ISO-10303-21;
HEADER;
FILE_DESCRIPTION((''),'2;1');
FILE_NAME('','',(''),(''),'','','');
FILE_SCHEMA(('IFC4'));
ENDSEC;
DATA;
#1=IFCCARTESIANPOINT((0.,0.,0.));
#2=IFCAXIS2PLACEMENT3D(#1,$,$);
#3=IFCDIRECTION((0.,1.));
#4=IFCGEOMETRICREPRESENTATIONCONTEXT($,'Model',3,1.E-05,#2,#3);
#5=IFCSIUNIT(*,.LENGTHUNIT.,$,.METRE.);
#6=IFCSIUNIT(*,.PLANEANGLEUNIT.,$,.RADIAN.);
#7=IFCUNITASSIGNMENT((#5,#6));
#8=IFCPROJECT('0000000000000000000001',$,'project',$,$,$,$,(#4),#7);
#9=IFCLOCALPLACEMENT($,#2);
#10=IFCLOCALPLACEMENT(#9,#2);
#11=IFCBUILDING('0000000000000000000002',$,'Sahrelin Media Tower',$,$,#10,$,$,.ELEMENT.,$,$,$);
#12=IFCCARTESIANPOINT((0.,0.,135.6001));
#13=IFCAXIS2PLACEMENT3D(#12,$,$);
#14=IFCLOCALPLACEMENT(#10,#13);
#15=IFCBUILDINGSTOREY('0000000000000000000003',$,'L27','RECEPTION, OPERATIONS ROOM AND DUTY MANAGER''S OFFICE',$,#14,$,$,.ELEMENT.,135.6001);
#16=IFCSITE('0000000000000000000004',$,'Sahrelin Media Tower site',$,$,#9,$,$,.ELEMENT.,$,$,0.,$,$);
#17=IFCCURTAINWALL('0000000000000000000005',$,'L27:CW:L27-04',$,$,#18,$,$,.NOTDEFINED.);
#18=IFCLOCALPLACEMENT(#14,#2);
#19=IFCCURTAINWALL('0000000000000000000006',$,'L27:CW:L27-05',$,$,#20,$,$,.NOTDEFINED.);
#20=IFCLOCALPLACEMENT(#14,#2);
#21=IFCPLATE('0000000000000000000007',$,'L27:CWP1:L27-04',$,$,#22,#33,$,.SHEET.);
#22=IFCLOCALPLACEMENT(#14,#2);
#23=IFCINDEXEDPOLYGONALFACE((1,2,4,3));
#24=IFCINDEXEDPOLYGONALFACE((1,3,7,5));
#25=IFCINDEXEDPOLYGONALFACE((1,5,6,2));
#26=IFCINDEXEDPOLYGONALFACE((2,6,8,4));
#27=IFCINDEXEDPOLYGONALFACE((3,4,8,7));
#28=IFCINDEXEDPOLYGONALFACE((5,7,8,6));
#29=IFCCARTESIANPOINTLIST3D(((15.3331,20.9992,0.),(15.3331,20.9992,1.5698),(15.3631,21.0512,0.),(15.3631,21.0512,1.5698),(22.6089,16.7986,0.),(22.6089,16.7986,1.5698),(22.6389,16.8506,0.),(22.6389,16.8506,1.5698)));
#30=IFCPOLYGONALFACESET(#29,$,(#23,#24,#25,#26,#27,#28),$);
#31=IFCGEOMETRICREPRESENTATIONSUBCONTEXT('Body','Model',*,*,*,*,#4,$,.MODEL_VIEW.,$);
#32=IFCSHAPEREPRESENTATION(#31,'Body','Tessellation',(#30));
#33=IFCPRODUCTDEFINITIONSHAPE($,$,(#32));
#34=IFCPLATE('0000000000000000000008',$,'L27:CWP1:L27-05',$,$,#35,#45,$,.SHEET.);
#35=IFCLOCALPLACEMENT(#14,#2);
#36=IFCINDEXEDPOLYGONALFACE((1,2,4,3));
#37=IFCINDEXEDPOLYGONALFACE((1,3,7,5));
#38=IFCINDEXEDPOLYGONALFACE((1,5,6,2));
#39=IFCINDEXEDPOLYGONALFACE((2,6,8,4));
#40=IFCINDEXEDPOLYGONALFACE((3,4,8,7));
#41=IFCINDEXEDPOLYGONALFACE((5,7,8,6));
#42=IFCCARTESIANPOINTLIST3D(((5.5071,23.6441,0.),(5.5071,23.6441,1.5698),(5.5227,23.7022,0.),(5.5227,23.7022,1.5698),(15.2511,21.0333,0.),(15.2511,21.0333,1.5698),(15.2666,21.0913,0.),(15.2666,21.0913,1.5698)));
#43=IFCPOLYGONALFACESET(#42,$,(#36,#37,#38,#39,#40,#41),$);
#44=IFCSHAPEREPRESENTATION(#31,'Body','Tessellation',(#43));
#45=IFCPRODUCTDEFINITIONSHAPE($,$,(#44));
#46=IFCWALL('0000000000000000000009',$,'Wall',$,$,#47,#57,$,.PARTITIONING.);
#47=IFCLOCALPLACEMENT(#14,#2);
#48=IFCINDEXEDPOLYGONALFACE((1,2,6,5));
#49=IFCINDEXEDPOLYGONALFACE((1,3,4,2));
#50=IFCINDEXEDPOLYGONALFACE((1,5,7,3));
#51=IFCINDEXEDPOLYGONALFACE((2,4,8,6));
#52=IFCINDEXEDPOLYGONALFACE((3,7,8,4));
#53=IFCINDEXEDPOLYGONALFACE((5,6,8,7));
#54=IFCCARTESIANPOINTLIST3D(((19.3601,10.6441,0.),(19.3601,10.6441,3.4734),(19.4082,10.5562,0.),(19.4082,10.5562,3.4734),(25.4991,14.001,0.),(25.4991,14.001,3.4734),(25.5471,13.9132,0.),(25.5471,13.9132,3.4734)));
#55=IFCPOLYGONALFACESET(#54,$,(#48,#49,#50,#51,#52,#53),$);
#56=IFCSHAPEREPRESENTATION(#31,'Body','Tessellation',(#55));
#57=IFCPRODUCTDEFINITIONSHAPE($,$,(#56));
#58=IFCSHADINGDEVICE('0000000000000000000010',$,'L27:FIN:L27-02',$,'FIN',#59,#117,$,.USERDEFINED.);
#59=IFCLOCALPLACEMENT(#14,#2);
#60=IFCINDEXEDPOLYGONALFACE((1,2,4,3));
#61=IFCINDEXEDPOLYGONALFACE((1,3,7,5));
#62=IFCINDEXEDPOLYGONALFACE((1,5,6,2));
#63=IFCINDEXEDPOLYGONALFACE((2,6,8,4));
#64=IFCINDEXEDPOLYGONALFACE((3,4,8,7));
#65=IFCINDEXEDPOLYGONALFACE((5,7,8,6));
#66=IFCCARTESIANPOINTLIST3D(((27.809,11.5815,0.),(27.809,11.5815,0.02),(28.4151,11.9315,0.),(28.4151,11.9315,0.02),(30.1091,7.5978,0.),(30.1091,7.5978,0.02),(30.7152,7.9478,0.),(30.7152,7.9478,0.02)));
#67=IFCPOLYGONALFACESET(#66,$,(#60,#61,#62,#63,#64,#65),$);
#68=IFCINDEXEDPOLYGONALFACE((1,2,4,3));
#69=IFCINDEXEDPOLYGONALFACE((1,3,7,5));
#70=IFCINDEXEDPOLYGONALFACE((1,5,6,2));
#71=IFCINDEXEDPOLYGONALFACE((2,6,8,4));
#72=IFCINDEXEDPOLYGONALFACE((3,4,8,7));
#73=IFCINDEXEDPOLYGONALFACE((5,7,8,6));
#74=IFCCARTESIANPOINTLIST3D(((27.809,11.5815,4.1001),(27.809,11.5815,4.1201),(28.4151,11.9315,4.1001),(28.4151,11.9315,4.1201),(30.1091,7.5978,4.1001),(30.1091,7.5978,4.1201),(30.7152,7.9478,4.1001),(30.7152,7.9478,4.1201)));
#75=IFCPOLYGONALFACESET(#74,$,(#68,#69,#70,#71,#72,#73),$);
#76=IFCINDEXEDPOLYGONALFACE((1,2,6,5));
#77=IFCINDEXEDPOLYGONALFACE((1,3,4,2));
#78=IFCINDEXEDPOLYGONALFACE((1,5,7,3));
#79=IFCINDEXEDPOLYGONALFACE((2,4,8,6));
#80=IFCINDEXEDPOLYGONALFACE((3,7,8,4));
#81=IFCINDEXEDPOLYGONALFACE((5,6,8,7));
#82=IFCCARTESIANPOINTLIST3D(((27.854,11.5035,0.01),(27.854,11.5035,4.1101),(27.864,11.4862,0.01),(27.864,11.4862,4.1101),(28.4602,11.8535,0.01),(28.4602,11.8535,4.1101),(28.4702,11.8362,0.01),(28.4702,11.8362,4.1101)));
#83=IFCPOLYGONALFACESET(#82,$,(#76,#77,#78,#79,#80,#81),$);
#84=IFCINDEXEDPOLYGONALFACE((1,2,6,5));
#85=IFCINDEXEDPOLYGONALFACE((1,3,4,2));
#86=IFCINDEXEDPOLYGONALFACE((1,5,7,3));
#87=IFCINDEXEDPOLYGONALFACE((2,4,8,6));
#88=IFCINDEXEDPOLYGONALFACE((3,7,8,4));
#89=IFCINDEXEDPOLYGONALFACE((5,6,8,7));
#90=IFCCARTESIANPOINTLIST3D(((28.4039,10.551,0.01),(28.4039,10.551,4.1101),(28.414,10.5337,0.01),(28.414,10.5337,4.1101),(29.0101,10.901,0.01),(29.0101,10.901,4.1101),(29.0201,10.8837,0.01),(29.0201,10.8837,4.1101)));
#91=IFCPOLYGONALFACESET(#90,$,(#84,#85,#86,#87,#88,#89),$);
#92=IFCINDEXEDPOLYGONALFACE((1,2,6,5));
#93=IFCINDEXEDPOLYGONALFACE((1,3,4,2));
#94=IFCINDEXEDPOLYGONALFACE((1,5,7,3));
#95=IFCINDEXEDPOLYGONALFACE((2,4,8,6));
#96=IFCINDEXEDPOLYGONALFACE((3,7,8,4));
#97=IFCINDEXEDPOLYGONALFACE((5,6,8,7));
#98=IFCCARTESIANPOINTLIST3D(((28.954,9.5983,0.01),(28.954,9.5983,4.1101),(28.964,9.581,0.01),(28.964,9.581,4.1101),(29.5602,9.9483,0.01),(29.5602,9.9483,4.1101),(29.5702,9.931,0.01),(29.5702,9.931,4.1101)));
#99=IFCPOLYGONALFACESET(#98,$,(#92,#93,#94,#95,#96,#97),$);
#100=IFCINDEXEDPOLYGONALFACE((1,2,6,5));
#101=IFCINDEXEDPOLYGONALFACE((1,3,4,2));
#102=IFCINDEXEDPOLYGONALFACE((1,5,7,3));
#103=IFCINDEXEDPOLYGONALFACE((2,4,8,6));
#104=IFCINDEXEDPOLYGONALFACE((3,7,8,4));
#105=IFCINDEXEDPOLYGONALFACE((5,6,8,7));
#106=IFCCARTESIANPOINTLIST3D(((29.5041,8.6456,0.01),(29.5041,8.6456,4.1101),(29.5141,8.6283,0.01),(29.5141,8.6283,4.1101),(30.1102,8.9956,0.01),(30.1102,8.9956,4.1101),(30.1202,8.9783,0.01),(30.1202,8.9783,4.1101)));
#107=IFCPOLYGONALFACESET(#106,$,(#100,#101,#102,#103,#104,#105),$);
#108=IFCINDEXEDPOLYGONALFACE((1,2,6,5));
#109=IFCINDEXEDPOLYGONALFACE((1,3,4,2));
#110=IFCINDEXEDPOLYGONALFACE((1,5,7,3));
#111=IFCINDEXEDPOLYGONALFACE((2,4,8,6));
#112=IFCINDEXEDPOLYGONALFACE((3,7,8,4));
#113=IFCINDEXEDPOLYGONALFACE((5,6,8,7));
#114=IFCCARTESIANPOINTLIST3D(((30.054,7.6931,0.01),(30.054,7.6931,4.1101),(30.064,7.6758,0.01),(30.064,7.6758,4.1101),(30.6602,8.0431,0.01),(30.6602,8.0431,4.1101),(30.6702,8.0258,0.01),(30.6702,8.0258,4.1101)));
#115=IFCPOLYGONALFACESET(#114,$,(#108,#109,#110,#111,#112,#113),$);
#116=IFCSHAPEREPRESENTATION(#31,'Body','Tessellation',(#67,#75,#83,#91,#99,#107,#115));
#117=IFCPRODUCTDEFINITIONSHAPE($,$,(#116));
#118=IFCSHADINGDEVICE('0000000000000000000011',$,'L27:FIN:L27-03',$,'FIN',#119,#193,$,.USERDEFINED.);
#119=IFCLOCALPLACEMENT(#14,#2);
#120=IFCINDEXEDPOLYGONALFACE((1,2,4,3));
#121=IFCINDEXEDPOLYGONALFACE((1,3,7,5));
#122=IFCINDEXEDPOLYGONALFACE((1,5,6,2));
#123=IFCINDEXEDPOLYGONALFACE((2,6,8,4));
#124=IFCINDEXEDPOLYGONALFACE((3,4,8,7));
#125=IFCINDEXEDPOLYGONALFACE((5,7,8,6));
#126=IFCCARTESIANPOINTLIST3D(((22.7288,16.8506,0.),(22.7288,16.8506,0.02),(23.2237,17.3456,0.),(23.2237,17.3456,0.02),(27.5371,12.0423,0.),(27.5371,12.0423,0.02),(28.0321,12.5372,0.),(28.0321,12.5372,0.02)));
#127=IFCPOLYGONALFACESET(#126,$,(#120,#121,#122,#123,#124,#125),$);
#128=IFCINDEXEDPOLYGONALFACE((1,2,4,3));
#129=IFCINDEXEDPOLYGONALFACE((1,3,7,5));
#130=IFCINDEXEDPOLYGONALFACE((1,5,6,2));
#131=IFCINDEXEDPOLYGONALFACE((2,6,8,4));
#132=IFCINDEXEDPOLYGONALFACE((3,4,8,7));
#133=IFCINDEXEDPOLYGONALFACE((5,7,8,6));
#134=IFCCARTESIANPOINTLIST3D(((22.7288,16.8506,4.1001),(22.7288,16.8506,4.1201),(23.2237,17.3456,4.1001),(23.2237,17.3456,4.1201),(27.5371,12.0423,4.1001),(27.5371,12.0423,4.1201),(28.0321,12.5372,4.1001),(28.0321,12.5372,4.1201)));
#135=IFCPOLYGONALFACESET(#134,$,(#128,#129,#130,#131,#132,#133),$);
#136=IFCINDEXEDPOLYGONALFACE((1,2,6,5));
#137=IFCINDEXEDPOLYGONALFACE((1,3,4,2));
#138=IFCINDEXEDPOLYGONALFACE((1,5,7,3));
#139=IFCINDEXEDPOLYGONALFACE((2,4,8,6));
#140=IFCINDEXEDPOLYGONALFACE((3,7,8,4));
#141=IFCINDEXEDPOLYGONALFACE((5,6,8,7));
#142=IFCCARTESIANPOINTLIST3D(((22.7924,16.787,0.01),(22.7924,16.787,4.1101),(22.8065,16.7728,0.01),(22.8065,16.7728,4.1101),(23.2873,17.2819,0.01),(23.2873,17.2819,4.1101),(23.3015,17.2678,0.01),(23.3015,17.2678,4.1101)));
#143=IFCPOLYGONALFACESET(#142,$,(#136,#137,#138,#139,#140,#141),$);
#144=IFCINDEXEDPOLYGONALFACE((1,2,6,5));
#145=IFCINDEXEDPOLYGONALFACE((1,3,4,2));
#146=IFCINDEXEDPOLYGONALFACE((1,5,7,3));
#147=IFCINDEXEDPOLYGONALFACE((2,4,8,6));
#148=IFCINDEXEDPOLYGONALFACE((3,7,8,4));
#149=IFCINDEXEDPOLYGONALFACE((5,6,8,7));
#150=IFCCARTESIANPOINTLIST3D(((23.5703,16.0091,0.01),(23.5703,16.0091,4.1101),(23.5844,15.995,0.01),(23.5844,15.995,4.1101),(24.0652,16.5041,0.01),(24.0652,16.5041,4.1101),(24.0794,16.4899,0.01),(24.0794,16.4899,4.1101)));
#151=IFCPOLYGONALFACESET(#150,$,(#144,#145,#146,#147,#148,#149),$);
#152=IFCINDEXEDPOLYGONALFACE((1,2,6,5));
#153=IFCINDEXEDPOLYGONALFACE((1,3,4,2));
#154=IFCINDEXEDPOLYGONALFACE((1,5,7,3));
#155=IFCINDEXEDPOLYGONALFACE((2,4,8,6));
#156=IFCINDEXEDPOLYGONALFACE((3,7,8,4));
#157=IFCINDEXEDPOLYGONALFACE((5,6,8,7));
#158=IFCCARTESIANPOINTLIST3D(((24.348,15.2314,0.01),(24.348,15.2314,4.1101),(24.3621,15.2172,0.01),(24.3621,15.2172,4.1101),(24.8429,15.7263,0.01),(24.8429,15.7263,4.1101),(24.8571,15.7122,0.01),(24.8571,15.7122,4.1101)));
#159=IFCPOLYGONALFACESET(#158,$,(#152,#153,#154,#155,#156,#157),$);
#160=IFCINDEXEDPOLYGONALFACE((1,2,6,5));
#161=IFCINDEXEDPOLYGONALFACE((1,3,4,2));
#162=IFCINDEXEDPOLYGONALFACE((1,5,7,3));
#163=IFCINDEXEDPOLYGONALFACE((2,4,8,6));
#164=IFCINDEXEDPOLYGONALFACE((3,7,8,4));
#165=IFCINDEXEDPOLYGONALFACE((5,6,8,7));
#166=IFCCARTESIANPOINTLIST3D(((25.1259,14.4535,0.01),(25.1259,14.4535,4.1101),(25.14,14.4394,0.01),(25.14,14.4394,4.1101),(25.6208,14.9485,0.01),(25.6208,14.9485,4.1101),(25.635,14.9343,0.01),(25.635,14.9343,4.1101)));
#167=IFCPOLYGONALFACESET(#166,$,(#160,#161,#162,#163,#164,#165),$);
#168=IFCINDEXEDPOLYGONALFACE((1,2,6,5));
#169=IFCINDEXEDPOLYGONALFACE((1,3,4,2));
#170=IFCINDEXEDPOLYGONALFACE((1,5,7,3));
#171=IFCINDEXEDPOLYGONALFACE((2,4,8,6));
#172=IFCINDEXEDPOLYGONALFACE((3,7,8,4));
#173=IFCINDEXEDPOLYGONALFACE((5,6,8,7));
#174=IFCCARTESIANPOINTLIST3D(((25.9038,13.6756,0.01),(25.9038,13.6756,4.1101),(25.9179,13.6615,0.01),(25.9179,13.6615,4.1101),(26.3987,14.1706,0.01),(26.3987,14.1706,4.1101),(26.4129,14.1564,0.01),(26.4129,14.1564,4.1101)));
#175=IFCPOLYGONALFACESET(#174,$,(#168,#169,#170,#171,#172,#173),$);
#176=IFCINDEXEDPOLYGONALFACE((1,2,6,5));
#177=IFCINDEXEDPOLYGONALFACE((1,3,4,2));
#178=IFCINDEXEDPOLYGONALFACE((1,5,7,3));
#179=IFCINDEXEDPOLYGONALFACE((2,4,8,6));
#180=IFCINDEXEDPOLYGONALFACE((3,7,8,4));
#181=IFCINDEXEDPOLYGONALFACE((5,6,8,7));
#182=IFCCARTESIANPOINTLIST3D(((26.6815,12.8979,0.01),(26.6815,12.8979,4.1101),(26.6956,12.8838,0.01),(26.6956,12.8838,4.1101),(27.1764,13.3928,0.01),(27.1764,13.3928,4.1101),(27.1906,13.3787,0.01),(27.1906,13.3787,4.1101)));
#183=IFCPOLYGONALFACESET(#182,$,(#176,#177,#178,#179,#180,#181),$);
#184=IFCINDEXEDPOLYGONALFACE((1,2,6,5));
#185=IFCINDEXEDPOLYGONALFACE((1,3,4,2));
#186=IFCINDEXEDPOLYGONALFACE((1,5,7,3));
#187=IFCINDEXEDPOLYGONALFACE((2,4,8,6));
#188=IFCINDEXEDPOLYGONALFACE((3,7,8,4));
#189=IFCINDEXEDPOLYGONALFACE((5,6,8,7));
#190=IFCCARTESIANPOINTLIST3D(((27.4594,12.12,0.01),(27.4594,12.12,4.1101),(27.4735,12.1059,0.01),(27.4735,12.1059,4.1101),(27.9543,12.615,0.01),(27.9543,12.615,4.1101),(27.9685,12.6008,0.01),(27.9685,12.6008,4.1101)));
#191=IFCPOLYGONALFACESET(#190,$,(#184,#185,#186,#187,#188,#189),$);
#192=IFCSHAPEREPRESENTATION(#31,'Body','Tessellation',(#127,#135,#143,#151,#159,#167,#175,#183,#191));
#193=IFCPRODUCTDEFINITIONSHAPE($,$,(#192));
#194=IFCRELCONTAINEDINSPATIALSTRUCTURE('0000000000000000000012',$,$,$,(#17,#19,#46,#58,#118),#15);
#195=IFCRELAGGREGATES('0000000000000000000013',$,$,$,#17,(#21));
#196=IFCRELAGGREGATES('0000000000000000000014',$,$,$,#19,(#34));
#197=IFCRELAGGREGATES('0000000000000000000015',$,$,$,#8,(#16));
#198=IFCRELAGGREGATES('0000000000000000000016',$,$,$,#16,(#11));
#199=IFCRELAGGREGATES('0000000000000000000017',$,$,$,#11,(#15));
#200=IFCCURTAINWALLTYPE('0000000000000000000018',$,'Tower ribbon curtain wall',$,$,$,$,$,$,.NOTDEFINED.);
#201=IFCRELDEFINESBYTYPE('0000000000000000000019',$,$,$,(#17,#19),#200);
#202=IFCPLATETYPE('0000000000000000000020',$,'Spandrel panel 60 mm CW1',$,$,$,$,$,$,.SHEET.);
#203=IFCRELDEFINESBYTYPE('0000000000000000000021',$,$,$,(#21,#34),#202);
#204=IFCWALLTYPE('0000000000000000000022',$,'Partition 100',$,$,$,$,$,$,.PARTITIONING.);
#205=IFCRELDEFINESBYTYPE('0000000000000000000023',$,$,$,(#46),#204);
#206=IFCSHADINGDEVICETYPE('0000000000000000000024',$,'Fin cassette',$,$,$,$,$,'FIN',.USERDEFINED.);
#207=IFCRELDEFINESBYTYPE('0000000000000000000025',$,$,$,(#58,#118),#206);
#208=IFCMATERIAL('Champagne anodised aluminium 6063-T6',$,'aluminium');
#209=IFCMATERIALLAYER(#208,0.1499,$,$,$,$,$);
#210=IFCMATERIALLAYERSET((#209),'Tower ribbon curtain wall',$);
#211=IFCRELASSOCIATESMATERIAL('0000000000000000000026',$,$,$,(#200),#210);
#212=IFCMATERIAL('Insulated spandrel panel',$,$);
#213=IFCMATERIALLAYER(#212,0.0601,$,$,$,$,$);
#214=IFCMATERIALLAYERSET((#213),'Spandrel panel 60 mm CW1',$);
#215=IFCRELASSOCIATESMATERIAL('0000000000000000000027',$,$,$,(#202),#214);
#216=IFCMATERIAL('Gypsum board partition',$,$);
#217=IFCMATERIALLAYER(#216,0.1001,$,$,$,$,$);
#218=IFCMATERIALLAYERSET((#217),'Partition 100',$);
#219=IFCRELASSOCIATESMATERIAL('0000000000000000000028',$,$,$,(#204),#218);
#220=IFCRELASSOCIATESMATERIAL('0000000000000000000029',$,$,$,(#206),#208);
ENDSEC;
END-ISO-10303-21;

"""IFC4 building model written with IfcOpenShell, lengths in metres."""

from ifc_helpers import new_model, si_unit, direction, frame, frame_2d, origin, origin_2d, place, context, subcontext, project, spatial, polyline, rectangle, outline, extrude, material, layer, layer_set, type_object, element, aggregate, save


model = new_model("IFC4")

# Units and contexts
model_context = context("Model", 3, precision=1e-05, world=origin(), true_north=direction((0.0, 1.0)))
body_context = subcontext(model_context, "Body", "Model", "MODEL_VIEW")
ifc_project = project(units=[si_unit("LENGTHUNIT", "METRE"), si_unit("PLANEANGLEUNIT", "RADIAN")], contexts=[model_context])

# Site, building, storey
site_placement = place(None, origin())
site = spatial("IfcSite", under=ifc_project, at=site_placement, Name="Sahrelin Media Tower site", CompositionType="ELEMENT", RefElevation=0.0)
building_placement = place(site_placement, origin())
building = spatial("IfcBuilding", under=site, at=building_placement, Name="Sahrelin Media Tower", CompositionType="ELEMENT")
storey_placement = place(building_placement, frame((0.0, 0.0, 135.6001)))
storey = spatial("IfcBuildingStorey", under=building, at=storey_placement, Name="L27", Description="RECEPTION, OPERATIONS ROOM AND DUTY MANAGER'S OFFICE", CompositionType="ELEMENT", Elevation=135.6001)

# Curtain wall
ifc_material_1 = material(Name="Champagne anodised aluminium 6063-T6", Category="aluminium")
ifc_layer_1 = layer(ifc_material_1, 0.1499)
ifc_layer_set_1 = layer_set([ifc_layer_1], Name="Tower ribbon curtain wall")
curtain_wall_type = type_object("IfcCurtainWallType", Name="Tower ribbon curtain wall", PredefinedType="NOTDEFINED", material=ifc_layer_set_1)
curtain_wall_1_placement = place(storey_placement, frame((18.991, 18.9336, 0.0), z_axis=(0.0, 0.0, 1.0), x_axis=(1.0, 0.0, 0.0)))
curtain_wall_1 = element("IfcCurtainWall", 1, at=curtain_wall_1_placement, inside=storey, type_object=curtain_wall_type, Name="L27:CW:L27-04", PredefinedType="NOTDEFINED")

# Curtain wall
curtain_wall_2_placement = place(storey_placement, frame((10.3894, 22.3772, 0.0), z_axis=(0.0, 0.0, 1.0), x_axis=(1.0, 0.0, 0.0)))
curtain_wall_2 = element("IfcCurtainWall", 2, at=curtain_wall_2_placement, inside=storey, type_object=curtain_wall_type, Name="L27:CW:L27-05", PredefinedType="NOTDEFINED")

# Plates
ifc_material_2 = material(Name="Insulated spandrel panel")
ifc_layer_2 = layer(ifc_material_2, 0.0601)
ifc_layer_set_2 = layer_set([ifc_layer_2], Name="Spandrel panel 60 mm CW1")
plate_type_1 = type_object("IfcPlateType", Name="Spandrel panel 60 mm CW1", PredefinedType="SHEET", material=ifc_layer_set_2)
plate_1_placement = place(storey_placement, frame((22.6389, 16.8506, 0.0), z_axis=(0.499996, 0.866028, 0.0), x_axis=(-0.866028, 0.499996, 0.0)))
plate_1 = element("IfcPlate", 3, at=plate_1_placement, type_object=plate_type_1, Name="L27:CWP1:L27-04", PredefinedType="SHEET", context=body_context, shape_type="SweptSolid", body=[
    extrude(outline(polyline([(0.0, 0.0), (8.4014, 0.0), (8.4014, 1.5698), (0.0, 1.5698), (0.0, 0.0)])), origin(), (0.0, 0.0, -1.0), 0.0601),
])
aggregate(curtain_wall_1, [plate_1])
plate_2_placement = place(storey_placement, frame((15.2666, 21.0913, 0.0), z_axis=(0.258816, 0.965927, 0.0), x_axis=(-0.965927, 0.258816, 0.0)))
plate_2 = element("IfcPlate", 4, at=plate_2_placement, type_object=plate_type_1, Name="L27:CWP1:L27-05", PredefinedType="SHEET", context=body_context, shape_type="SweptSolid", body=[
    extrude(outline(polyline([(0.0, 0.0), (10.0876, 0.0), (10.0876, 1.5698), (0.0, 1.5698), (0.0, 0.0)])), origin(), (0.0, 0.0, -1.0), 0.0601),
])
aggregate(curtain_wall_2, [plate_2])

# Wall
ifc_material_3 = material(Name="Gypsum board partition")
ifc_layer_3 = layer(ifc_material_3, 0.1001)
ifc_layer_set_3 = layer_set([ifc_layer_3], Name="Partition 100")
wall_type = type_object("IfcWallType", Name="Partition 100", PredefinedType="PARTITIONING", material=ifc_layer_set_3)
wall_placement = place(storey_placement, frame((19.384, 10.6001, 0.0), z_axis=(0.0, 0.0, 1.0), x_axis=(0.877388, 0.479781, 0.0)))
element("IfcWall", 5, at=wall_placement, inside=storey, type_object=wall_type, Name="Wall", PredefinedType="PARTITIONING", context=body_context, shape_type="SweptSolid", body=[
    extrude(rectangle(XDim=6.9968, YDim=0.1001, at=frame_2d((3.4985, 0.0))), origin(), (0.0, 0.0, 1.0), 3.4734),
])

# Shading devices
shading_device_type_1 = type_object("IfcShadingDeviceType", Name="Fin cassette", ElementType="FIN", PredefinedType="USERDEFINED", material=ifc_material_1)
shading_device_1_placement = place(storey_placement, frame((28.8984, 9.5547, 0.0), z_axis=(0.0, 0.0, 1.0), x_axis=(0.500011, -0.866019, 0.0)))
element("IfcShadingDevice", 6, at=shading_device_1_placement, inside=storey, type_object=shading_device_type_1, Name="L27:FIN:L27-02", ObjectType="FIN", PredefinedType="USERDEFINED", context=body_context, shape_type="SweptSolid", body=[
    extrude(rectangle(XDim=4.6001, YDim=0.7, at=origin_2d()), frame((0.0, 0.4199, 0.0)), (0.0, 0.0, 1.0), 0.02),
    extrude(rectangle(XDim=4.6001, YDim=0.7, at=origin_2d()), frame((0.0, 0.4199, 4.1001)), (0.0, 0.0, 1.0), 0.02),
    extrude(rectangle(XDim=0.02, YDim=0.7, at=origin_2d()), frame((-2.2, 0.4199, 0.01), z_axis=(0.0, 0.0, 1.0), x_axis=(1.0, 0.0, 0.0)), (0.0, 0.0, 1.0), 4.1001),
    extrude(rectangle(XDim=0.02, YDim=0.7, at=origin_2d()), frame((-1.1001, 0.4199, 0.01), z_axis=(0.0, 0.0, 1.0), x_axis=(1.0, 0.0, 0.0)), (0.0, 0.0, 1.0), 4.1001),
    extrude(rectangle(XDim=0.02, YDim=0.7, at=origin_2d()), frame((0.0, 0.4199, 0.01), z_axis=(0.0, 0.0, 1.0), x_axis=(1.0, 0.0, 0.0)), (0.0, 0.0, 1.0), 4.1001),
    extrude(rectangle(XDim=0.02, YDim=0.7, at=origin_2d()), frame((1.1001, 0.4199, 0.01), z_axis=(0.0, 0.0, 1.0), x_axis=(1.0, 0.0, 0.0)), (0.0, 0.0, 1.0), 4.1001),
    extrude(rectangle(XDim=0.02, YDim=0.7, at=origin_2d()), frame((2.2, 0.4199, 0.01), z_axis=(0.0, 0.0, 1.0), x_axis=(1.0, 0.0, 0.0)), (0.0, 0.0, 1.0), 4.1001),
])
placement_1 = place(storey_placement, frame((25.0835, 14.397, 0.0), z_axis=(0.0, 0.0, 1.0), x_axis=(0.707107, -0.707107, 0.0)))
element("IfcShadingDevice", 7, at=placement_1, inside=storey, type_object=shading_device_type_1, Name="L27:FIN:L27-03", ObjectType="FIN", PredefinedType="USERDEFINED", context=body_context, shape_type="SweptSolid", body=[
    extrude(rectangle(XDim=6.8, YDim=0.7, at=origin_2d()), frame((0.0, 0.4199, 0.0)), (0.0, 0.0, 1.0), 0.02),
    extrude(rectangle(XDim=6.8, YDim=0.7, at=origin_2d()), frame((0.0, 0.4199, 4.1001)), (0.0, 0.0, 1.0), 0.02),
    extrude(rectangle(XDim=0.02, YDim=0.7, at=origin_2d()), frame((-3.3, 0.4199, 0.01), z_axis=(0.0, 0.0, 1.0), x_axis=(1.0, 0.0, 0.0)), (0.0, 0.0, 1.0), 4.1001),
    extrude(rectangle(XDim=0.02, YDim=0.7, at=origin_2d()), frame((-2.2, 0.4199, 0.01), z_axis=(0.0, 0.0, 1.0), x_axis=(1.0, 0.0, 0.0)), (0.0, 0.0, 1.0), 4.1001),
    extrude(rectangle(XDim=0.02, YDim=0.7, at=origin_2d()), frame((-1.1001, 0.4199, 0.01), z_axis=(0.0, 0.0, 1.0), x_axis=(1.0, 0.0, 0.0)), (0.0, 0.0, 1.0), 4.1001),
    extrude(rectangle(XDim=0.02, YDim=0.7, at=origin_2d()), frame((0.0, 0.4199, 0.01), z_axis=(0.0, 0.0, 1.0), x_axis=(1.0, 0.0, 0.0)), (0.0, 0.0, 1.0), 4.1001),
    extrude(rectangle(XDim=0.02, YDim=0.7, at=origin_2d()), frame((1.1001, 0.4199, 0.01), z_axis=(0.0, 0.0, 1.0), x_axis=(1.0, 0.0, 0.0)), (0.0, 0.0, 1.0), 4.1001),
    extrude(rectangle(XDim=0.02, YDim=0.7, at=origin_2d()), frame((2.2, 0.4199, 0.01), z_axis=(0.0, 0.0, 1.0), x_axis=(1.0, 0.0, 0.0)), (0.0, 0.0, 1.0), 4.1001),
    extrude(rectangle(XDim=0.02, YDim=0.7, at=origin_2d()), frame((3.3, 0.4199, 0.01), z_axis=(0.0, 0.0, 1.0), x_axis=(1.0, 0.0, 0.0)), (0.0, 0.0, 1.0), 4.1001),
])

save(model, "model.ifc")
